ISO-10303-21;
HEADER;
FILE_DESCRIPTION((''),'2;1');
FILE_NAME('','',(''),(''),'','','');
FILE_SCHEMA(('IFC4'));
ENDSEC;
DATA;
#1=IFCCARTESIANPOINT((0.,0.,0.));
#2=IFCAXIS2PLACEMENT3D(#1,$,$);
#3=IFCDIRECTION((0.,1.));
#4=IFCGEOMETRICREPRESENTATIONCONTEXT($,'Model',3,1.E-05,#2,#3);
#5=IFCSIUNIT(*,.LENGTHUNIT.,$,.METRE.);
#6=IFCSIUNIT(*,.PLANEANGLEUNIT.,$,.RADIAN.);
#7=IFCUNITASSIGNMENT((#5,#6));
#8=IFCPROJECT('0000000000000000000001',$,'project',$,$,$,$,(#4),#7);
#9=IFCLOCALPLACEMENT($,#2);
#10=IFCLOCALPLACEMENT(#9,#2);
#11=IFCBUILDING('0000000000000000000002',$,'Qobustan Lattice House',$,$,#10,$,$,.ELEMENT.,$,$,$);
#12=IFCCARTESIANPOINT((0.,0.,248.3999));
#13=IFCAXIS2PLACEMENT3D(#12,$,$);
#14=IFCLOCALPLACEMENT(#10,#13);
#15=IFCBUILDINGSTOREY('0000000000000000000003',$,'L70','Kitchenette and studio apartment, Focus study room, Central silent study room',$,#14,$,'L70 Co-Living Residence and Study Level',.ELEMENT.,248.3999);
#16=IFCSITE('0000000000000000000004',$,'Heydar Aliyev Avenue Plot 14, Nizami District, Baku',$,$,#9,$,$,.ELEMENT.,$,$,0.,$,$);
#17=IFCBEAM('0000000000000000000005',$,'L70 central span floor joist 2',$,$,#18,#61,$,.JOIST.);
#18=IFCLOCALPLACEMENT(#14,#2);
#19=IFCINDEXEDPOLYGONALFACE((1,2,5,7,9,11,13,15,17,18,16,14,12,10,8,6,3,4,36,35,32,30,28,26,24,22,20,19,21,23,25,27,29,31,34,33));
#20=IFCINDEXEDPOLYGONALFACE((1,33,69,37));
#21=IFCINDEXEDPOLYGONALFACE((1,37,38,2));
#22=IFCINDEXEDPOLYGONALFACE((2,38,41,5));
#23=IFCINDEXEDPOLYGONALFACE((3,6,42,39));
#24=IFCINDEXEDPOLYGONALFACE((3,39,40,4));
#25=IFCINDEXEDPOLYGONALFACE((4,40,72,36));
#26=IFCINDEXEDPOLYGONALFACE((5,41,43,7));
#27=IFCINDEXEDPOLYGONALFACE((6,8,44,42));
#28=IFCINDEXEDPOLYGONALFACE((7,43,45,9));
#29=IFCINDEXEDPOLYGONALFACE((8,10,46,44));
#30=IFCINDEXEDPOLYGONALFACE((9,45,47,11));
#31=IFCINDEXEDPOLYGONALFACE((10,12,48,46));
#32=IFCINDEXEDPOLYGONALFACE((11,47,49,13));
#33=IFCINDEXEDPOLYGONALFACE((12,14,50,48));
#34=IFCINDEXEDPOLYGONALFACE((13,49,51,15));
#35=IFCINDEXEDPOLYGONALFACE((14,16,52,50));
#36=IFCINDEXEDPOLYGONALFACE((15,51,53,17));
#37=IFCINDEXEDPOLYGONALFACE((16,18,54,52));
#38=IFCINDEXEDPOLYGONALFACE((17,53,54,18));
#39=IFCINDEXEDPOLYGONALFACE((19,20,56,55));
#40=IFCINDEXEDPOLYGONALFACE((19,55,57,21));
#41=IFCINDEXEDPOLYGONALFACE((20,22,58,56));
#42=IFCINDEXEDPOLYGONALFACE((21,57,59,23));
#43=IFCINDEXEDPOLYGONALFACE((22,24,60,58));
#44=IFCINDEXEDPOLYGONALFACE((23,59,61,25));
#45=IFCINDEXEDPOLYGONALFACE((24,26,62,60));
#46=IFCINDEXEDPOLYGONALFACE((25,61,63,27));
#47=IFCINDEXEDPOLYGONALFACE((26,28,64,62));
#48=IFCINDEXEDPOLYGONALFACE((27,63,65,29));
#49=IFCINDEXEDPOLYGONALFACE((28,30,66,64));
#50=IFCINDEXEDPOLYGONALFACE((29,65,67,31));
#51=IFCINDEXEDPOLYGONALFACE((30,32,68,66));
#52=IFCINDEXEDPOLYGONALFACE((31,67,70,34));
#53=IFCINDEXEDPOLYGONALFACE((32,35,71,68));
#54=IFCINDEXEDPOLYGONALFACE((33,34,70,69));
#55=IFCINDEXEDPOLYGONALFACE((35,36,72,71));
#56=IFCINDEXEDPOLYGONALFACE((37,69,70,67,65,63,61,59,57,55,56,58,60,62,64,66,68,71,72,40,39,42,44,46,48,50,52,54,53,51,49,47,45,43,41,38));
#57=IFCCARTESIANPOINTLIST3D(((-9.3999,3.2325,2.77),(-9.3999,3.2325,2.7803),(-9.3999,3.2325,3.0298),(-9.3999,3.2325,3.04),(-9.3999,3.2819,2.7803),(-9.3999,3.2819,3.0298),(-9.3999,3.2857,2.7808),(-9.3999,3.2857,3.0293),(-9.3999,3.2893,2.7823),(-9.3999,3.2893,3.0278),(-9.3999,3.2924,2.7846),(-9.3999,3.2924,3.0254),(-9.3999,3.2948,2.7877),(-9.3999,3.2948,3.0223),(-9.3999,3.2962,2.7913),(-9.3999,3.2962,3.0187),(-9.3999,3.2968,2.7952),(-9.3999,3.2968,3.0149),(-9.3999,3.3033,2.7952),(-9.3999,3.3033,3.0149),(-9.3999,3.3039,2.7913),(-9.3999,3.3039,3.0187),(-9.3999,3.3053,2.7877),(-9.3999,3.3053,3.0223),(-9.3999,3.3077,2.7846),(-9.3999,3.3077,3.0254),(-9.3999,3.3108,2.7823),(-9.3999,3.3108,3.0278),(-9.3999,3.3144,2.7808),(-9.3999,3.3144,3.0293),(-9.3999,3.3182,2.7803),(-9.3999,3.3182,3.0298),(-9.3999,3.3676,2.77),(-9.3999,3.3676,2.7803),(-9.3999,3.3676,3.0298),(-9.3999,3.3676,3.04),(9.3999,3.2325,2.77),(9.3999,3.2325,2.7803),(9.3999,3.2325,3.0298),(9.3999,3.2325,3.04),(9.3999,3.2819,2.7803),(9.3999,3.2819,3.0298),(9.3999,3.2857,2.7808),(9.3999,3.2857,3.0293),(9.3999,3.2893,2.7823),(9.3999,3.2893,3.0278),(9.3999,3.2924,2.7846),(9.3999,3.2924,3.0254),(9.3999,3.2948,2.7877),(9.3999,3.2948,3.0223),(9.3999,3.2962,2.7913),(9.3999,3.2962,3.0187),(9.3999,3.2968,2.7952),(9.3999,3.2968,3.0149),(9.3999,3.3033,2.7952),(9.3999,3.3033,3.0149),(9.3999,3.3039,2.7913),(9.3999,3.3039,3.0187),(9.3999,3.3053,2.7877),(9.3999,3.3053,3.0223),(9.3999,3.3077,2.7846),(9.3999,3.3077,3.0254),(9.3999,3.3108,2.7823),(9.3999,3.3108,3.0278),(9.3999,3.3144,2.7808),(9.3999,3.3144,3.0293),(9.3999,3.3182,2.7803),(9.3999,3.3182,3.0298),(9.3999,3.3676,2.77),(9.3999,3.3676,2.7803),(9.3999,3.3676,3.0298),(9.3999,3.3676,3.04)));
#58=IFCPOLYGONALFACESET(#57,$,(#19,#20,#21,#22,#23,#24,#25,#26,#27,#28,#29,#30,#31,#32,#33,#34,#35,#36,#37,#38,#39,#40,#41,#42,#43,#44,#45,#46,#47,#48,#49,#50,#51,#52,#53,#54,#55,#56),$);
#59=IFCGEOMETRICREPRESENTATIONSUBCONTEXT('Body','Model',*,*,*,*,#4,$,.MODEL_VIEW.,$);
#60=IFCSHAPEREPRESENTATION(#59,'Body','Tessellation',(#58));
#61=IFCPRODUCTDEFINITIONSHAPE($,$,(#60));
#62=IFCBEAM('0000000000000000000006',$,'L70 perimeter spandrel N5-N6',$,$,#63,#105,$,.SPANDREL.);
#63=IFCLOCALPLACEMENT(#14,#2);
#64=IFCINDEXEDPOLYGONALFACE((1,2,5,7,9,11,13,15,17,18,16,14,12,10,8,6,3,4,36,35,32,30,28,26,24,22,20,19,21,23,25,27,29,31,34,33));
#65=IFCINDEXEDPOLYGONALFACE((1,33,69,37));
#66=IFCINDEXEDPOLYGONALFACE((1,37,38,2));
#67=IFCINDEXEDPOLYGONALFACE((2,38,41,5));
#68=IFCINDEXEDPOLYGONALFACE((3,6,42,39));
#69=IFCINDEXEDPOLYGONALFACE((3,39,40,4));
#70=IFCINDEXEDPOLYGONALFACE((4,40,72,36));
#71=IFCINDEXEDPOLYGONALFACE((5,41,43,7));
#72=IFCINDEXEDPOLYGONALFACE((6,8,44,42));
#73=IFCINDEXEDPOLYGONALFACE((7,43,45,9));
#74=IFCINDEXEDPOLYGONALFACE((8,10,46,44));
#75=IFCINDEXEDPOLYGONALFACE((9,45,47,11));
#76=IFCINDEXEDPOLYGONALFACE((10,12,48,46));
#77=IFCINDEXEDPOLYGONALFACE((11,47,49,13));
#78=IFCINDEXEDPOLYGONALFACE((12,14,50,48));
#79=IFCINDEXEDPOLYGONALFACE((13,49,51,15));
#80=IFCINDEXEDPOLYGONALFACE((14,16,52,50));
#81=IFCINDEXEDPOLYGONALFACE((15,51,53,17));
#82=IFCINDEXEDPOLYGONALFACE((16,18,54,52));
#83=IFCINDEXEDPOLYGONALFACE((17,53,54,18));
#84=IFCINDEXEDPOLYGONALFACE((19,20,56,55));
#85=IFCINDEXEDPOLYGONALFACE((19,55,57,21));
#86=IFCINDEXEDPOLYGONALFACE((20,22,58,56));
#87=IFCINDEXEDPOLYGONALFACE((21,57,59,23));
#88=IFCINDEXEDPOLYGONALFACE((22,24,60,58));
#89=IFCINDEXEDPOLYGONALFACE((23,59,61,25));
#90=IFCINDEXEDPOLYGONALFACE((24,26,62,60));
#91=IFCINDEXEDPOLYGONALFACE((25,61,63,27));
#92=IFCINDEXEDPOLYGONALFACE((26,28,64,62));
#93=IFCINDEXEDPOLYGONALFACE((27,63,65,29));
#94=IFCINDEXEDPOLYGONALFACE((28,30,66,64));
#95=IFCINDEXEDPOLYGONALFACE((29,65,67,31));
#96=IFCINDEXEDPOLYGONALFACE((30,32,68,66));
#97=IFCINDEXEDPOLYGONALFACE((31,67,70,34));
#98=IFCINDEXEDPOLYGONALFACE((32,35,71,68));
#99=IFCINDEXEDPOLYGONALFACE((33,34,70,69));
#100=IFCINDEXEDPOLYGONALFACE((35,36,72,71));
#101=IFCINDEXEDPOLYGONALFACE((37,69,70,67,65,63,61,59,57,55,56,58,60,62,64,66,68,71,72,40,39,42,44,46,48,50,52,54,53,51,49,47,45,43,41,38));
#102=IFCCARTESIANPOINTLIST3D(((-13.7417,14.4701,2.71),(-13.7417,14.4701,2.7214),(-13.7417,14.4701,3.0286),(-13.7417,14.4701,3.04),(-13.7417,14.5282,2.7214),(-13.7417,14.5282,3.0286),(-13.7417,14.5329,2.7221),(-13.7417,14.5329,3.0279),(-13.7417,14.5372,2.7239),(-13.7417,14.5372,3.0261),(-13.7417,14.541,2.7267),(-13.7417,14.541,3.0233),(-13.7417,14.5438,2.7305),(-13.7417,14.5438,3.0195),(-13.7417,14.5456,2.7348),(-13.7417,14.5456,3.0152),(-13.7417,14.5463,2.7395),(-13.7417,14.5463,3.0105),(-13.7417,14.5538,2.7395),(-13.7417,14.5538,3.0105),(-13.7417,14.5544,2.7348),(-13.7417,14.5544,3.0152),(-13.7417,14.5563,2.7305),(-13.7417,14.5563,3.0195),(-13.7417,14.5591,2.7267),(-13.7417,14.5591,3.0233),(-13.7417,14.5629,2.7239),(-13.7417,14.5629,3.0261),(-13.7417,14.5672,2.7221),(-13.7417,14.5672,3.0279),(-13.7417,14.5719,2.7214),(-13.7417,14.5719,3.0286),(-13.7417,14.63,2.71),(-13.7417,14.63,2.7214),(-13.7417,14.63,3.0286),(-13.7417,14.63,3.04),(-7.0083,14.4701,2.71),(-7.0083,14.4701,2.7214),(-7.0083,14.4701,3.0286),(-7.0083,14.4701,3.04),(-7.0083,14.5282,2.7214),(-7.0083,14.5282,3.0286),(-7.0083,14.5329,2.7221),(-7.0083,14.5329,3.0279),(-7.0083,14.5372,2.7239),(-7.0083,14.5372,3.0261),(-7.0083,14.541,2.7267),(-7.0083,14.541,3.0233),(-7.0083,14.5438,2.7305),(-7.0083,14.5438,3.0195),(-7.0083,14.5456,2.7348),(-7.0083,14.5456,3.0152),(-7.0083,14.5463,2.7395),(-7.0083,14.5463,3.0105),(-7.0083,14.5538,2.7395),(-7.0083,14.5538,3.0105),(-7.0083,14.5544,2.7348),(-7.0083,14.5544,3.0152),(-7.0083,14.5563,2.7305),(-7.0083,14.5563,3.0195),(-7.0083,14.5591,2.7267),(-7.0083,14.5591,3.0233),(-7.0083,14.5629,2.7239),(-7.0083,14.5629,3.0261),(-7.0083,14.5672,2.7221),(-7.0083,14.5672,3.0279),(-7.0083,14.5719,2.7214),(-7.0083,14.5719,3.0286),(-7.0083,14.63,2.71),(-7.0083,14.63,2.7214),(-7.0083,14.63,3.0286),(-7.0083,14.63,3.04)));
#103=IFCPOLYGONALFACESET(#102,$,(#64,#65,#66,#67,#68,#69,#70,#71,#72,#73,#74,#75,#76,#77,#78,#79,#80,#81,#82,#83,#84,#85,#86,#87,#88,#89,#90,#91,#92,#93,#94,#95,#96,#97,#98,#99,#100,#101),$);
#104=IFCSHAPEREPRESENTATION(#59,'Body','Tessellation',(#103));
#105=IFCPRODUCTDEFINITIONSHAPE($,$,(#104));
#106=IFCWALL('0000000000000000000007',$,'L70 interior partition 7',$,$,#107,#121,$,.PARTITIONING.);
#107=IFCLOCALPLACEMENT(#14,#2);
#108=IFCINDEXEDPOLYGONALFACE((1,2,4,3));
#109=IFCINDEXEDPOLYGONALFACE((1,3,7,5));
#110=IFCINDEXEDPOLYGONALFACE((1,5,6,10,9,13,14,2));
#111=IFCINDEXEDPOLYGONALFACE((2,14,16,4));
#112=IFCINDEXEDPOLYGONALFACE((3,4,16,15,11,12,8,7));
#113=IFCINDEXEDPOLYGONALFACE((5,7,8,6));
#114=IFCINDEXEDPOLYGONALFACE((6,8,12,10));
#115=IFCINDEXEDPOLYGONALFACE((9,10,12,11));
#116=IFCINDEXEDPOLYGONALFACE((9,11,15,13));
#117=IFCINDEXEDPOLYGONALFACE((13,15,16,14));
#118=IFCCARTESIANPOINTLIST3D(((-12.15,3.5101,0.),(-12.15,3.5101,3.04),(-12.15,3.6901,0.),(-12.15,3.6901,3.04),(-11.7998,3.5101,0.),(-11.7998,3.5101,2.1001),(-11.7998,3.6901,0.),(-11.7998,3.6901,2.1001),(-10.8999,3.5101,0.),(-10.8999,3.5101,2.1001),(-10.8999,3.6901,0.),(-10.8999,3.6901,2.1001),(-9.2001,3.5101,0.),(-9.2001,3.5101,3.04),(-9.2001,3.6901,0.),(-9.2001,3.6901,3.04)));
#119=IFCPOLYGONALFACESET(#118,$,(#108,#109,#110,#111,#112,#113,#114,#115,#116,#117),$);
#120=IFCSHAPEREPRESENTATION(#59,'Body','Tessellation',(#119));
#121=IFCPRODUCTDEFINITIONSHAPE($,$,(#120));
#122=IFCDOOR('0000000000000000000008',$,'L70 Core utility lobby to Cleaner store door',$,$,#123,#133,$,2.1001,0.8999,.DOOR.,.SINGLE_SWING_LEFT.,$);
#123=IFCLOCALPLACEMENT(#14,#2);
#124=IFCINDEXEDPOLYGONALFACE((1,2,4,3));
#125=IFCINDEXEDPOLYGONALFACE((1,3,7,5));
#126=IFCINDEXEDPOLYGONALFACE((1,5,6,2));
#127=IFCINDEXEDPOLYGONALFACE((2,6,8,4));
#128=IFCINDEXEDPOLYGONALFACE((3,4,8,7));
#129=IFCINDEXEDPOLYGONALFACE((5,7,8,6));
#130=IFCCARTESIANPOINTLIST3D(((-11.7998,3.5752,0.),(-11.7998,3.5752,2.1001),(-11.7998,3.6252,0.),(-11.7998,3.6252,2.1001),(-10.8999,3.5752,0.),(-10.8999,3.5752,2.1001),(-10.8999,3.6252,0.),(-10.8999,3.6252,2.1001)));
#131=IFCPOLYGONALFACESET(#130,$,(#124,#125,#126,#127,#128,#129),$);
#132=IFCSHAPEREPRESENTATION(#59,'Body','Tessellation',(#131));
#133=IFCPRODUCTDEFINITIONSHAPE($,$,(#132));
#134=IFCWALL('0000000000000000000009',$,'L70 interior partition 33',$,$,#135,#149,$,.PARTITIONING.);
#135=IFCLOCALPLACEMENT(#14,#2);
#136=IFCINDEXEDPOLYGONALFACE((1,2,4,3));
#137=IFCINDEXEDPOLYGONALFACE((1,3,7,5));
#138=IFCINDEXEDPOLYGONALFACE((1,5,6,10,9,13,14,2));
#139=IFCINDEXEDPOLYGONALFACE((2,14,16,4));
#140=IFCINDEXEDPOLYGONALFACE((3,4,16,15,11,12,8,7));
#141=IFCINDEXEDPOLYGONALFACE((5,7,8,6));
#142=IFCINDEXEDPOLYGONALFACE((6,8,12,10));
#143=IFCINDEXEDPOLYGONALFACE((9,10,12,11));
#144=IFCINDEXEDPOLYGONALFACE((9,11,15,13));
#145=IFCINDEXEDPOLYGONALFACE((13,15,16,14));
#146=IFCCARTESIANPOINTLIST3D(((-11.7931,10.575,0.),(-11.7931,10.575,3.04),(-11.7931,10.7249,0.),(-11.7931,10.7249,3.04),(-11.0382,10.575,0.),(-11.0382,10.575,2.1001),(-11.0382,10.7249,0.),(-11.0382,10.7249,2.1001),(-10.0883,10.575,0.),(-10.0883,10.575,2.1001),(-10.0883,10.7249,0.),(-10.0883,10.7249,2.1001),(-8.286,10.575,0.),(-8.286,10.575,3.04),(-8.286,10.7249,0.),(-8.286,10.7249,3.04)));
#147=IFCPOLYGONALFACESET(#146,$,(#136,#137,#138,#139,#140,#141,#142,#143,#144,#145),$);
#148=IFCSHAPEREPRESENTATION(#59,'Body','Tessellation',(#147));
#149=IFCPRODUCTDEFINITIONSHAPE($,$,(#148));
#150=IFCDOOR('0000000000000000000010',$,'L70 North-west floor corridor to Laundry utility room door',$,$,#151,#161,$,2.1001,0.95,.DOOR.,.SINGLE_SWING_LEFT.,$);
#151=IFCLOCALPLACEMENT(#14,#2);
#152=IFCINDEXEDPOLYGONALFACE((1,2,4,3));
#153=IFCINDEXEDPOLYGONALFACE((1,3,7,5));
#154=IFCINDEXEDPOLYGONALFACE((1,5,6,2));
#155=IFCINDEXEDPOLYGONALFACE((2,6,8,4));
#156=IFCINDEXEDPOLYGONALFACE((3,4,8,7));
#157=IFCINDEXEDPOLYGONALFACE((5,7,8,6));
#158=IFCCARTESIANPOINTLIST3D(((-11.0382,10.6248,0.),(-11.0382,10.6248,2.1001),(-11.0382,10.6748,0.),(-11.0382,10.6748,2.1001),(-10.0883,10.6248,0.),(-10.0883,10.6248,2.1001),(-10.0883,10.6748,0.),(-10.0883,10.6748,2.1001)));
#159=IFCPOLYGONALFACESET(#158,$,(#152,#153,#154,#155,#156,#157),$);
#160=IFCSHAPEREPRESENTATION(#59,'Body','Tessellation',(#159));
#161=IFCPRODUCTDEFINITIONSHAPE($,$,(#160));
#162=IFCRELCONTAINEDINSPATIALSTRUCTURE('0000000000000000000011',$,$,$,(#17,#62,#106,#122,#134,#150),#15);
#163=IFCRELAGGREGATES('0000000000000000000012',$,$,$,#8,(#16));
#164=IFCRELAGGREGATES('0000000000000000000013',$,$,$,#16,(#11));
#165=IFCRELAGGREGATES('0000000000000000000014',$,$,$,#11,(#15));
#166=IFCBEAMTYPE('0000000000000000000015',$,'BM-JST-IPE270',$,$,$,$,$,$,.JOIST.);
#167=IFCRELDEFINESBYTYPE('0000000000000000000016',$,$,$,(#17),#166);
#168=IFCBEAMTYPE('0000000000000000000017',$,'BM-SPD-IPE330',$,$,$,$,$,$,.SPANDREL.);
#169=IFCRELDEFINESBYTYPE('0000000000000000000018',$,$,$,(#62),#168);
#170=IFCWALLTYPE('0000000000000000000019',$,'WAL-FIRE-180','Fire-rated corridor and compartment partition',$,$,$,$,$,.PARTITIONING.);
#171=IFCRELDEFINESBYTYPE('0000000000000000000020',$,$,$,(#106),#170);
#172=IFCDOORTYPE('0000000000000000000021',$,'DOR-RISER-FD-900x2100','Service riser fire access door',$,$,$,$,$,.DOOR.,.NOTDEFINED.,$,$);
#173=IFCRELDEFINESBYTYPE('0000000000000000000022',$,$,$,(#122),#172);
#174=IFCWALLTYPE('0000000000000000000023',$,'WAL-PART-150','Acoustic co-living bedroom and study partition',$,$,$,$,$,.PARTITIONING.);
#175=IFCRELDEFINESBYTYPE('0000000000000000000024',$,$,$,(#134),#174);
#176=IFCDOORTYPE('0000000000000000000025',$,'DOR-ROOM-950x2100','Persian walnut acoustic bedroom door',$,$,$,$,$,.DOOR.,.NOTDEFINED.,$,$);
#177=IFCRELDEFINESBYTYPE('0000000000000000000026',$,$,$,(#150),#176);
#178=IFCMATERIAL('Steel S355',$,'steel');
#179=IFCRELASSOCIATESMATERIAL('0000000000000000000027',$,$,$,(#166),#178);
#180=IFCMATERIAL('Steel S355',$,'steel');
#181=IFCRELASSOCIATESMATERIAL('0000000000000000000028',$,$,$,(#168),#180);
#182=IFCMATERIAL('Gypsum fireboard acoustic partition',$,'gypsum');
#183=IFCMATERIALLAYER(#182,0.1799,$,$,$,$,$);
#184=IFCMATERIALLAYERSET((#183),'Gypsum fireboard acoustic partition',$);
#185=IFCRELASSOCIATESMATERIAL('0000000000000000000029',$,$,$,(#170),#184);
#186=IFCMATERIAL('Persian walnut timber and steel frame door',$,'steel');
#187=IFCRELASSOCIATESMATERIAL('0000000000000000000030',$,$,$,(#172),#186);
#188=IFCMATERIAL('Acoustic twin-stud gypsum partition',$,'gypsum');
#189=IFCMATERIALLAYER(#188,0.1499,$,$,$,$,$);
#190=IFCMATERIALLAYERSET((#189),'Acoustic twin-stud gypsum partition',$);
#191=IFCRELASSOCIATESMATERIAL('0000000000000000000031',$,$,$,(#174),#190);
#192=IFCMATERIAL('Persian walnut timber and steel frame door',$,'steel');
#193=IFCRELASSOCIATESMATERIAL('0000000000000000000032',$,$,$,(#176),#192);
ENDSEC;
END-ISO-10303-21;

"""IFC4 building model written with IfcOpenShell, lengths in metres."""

from ifc_helpers import new_model, si_unit, direction, frame, frame_2d, origin, origin_2d, place, context, subcontext, project, spatial, rectangle, i_section, extrude, material, layer, layer_set, material_profile, profile_set, type_object, element, fill, save


model = new_model("IFC4")

# Units and contexts
model_context = context("Model", 3, precision=1e-05, world=origin(), true_north=direction((0.0, 1.0)))
body_context = subcontext(model_context, "Body", "Model", "MODEL_VIEW")
ifc_project = project(units=[si_unit("LENGTHUNIT", "METRE"), si_unit("PLANEANGLEUNIT", "RADIAN")], contexts=[model_context])

# Site, building, storey
site_placement = place(None, origin())
site = spatial("IfcSite", under=ifc_project, at=site_placement, Name="Heydar Aliyev Avenue Plot 14, Nizami District, Baku", CompositionType="ELEMENT", RefElevation=0.0)
building_placement = place(site_placement, origin())
building = spatial("IfcBuilding", under=site, at=building_placement, Name="Qobustan Lattice House", CompositionType="ELEMENT")
storey_placement = place(building_placement, frame((0.0, 0.0, 248.3999)))
storey = spatial("IfcBuildingStorey", under=building, at=storey_placement, Name="L70", Description="Kitchenette and studio apartment, Focus study room, Central silent study room", LongName="L70 Co-Living Residence and Study Level", CompositionType="ELEMENT", Elevation=248.3999)

# Beams
ifc_material_1 = material(Name="Steel S355", Category="steel")
ifc_material_profile_1 = material_profile(ifc_material_1, i_section(OverallWidth=0.135, OverallDepth=0.27, WebThickness=0.0066, FlangeThickness=0.0103, FilletRadius=0.0149, at=origin_2d()), Name="IPE270")
ifc_profile_set_1 = profile_set([ifc_material_profile_1], Name="Steel S355")
beam_type_1 = type_object("IfcBeamType", Name="BM-JST-IPE270", PredefinedType="JOIST", material=ifc_profile_set_1)
beam_1_placement = place(storey_placement, frame((-9.3999, 3.3, 2.905), z_axis=(1.0, 0.0, 0.0), x_axis=(0.0, 1.0, 0.0)))
element("IfcBeam", 1, at=beam_1_placement, inside=storey, type_object=beam_type_1, Name="L70 central span floor joist 2", PredefinedType="JOIST", context=body_context, shape_type="SweptSolid", body=[
    extrude(i_section(OverallWidth=0.135, OverallDepth=0.27, WebThickness=0.0066, FlangeThickness=0.0103, FilletRadius=0.0149, at=origin_2d()), origin(), (0.0, 0.0, 1.0), 18.7998),
])
ifc_material_2 = material(Name="Steel S355", Category="steel")
ifc_material_profile_2 = material_profile(ifc_material_2, i_section(OverallWidth=0.1599, OverallDepth=0.3301, WebThickness=0.0076, FlangeThickness=0.0115, FilletRadius=0.0181, at=origin_2d()), Name="IPE330")
ifc_profile_set_2 = profile_set([ifc_material_profile_2], Name="Steel S355")
beam_type_2 = type_object("IfcBeamType", Name="BM-SPD-IPE330", PredefinedType="SPANDREL", material=ifc_profile_set_2)
beam_2_placement = place(storey_placement, frame((-7.0083, 14.55, 2.875), z_axis=(-1.0, 0.0, 0.0), x_axis=(0.0, -1.0, 0.0)))
element("IfcBeam", 2, at=beam_2_placement, inside=storey, type_object=beam_type_2, Name="L70 perimeter spandrel N5-N6", PredefinedType="SPANDREL", context=body_context, shape_type="SweptSolid", body=[
    extrude(i_section(OverallWidth=0.1599, OverallDepth=0.3301, WebThickness=0.0076, FlangeThickness=0.0115, FilletRadius=0.0181, at=origin_2d()), origin(), (0.0, 0.0, 1.0), 6.7334),
])

# Walls, openings, doors
ifc_material_3 = material(Name="Gypsum fireboard acoustic partition", Category="gypsum")
ifc_layer_1 = layer(ifc_material_3, 0.1799)
ifc_layer_set_1 = layer_set([ifc_layer_1], Name="Gypsum fireboard acoustic partition")
wall_type_1 = type_object("IfcWallType", Name="WAL-FIRE-180", Description="Fire-rated corridor and compartment partition", PredefinedType="PARTITIONING", material=ifc_layer_set_1)
wall_1_placement = place(storey_placement, frame((-9.2, 3.6001, 0.0), z_axis=(0.0, 0.0, 1.0), x_axis=(-1.0, 0.0, 0.0)))
wall_1 = element("IfcWall", 3, at=wall_1_placement, inside=storey, type_object=wall_type_1, Name="L70 interior partition 7", PredefinedType="PARTITIONING", context=body_context, shape_type="SweptSolid", body=[
    extrude(rectangle(XDim=2.95, YDim=0.1799, at=frame_2d((1.4751, 0.0))), origin(), (0.0, 0.0, 1.0), 3.04),
])
opening_1_placement = place(wall_1_placement, frame((1.7, 0.0, 0.0)))
opening_1 = element("IfcOpeningElement", 4, at=opening_1_placement, cuts=wall_1, PredefinedType="OPENING", context=body_context, shape_type="SweptSolid", body=[
    extrude(rectangle(XDim=0.8999, YDim=2.1001, at=frame_2d((0.45, 1.05))), frame((0.0, 0.0999, 0.0), z_axis=(0.0, -1.0, 0.0), x_axis=(1.0, 0.0, 0.0)), (0.0, 0.0, 1.0), 0.2),
])
ifc_material_4 = material(Name="Persian walnut timber and steel frame door", Category="steel")
door_type_1 = type_object("IfcDoorType", Name="DOR-RISER-FD-900x2100", Description="Service riser fire access door", OperationType="NOTDEFINED", PredefinedType="DOOR", material=ifc_material_4)
door_1_placement = place(opening_1_placement, origin())
door_1 = element("IfcDoor", 5, at=door_1_placement, inside=storey, type_object=door_type_1, Name="L70 Core utility lobby to Cleaner store door", OperationType="SINGLE_SWING_LEFT", OverallHeight=2.1001, OverallWidth=0.8999, PredefinedType="DOOR", context=body_context, shape_type="SweptSolid", body=[
    extrude(rectangle(XDim=0.8999, YDim=2.1001, at=frame_2d((0.45, 1.05))), frame((0.0, 0.0249, 0.0), z_axis=(0.0, -1.0, 0.0), x_axis=(1.0, 0.0, 0.0)), (0.0, 0.0, 1.0), 0.05),
])
fill(opening_1, door_1)
ifc_material_5 = material(Name="Acoustic twin-stud gypsum partition", Category="gypsum")
ifc_layer_2 = layer(ifc_material_5, 0.1499)
ifc_layer_set_2 = layer_set([ifc_layer_2], Name="Acoustic twin-stud gypsum partition")
wall_type_2 = type_object("IfcWallType", Name="WAL-PART-150", Description="Acoustic co-living bedroom and study partition", PredefinedType="PARTITIONING", material=ifc_layer_set_2)
wall_2_placement = place(storey_placement, frame((-11.793, 10.6499, 0.0), z_axis=(0.0, 0.0, 1.0), x_axis=(1.0, 0.0, 0.0)))
wall_2 = element("IfcWall", 6, at=wall_2_placement, inside=storey, type_object=wall_type_2, Name="L70 interior partition 33", PredefinedType="PARTITIONING", context=body_context, shape_type="SweptSolid", body=[
    extrude(rectangle(XDim=3.5071, YDim=0.1499, at=frame_2d((1.7534, 0.0))), origin(), (0.0, 0.0, 1.0), 3.04),
])
opening_2_placement = place(wall_2_placement, frame((0.7546, 0.0, 0.0)))
opening_2 = element("IfcOpeningElement", 7, at=opening_2_placement, cuts=wall_2, PredefinedType="OPENING", context=body_context, shape_type="SweptSolid", body=[
    extrude(rectangle(XDim=0.95, YDim=2.1001, at=frame_2d((0.4751, 1.05))), frame((0.0, 0.085, 0.0), z_axis=(0.0, -1.0, 0.0), x_axis=(1.0, 0.0, 0.0)), (0.0, 0.0, 1.0), 0.1699),
])
ifc_material_6 = material(Name="Persian walnut timber and steel frame door", Category="steel")
door_type_2 = type_object("IfcDoorType", Name="DOR-ROOM-950x2100", Description="Persian walnut acoustic bedroom door", OperationType="NOTDEFINED", PredefinedType="DOOR", material=ifc_material_6)
door_2_placement = place(opening_2_placement, origin())
door_2 = element("IfcDoor", 8, at=door_2_placement, inside=storey, type_object=door_type_2, Name="L70 North-west floor corridor to Laundry utility room door", OperationType="SINGLE_SWING_LEFT", OverallHeight=2.1001, OverallWidth=0.95, PredefinedType="DOOR", context=body_context, shape_type="SweptSolid", body=[
    extrude(rectangle(XDim=0.95, YDim=2.1001, at=frame_2d((0.4751, 1.05))), frame((0.0, 0.0249, 0.0), z_axis=(0.0, -1.0, 0.0), x_axis=(1.0, 0.0, 0.0)), (0.0, 0.0, 1.0), 0.05),
])
fill(opening_2, door_2)

save(model, "model.ifc")
